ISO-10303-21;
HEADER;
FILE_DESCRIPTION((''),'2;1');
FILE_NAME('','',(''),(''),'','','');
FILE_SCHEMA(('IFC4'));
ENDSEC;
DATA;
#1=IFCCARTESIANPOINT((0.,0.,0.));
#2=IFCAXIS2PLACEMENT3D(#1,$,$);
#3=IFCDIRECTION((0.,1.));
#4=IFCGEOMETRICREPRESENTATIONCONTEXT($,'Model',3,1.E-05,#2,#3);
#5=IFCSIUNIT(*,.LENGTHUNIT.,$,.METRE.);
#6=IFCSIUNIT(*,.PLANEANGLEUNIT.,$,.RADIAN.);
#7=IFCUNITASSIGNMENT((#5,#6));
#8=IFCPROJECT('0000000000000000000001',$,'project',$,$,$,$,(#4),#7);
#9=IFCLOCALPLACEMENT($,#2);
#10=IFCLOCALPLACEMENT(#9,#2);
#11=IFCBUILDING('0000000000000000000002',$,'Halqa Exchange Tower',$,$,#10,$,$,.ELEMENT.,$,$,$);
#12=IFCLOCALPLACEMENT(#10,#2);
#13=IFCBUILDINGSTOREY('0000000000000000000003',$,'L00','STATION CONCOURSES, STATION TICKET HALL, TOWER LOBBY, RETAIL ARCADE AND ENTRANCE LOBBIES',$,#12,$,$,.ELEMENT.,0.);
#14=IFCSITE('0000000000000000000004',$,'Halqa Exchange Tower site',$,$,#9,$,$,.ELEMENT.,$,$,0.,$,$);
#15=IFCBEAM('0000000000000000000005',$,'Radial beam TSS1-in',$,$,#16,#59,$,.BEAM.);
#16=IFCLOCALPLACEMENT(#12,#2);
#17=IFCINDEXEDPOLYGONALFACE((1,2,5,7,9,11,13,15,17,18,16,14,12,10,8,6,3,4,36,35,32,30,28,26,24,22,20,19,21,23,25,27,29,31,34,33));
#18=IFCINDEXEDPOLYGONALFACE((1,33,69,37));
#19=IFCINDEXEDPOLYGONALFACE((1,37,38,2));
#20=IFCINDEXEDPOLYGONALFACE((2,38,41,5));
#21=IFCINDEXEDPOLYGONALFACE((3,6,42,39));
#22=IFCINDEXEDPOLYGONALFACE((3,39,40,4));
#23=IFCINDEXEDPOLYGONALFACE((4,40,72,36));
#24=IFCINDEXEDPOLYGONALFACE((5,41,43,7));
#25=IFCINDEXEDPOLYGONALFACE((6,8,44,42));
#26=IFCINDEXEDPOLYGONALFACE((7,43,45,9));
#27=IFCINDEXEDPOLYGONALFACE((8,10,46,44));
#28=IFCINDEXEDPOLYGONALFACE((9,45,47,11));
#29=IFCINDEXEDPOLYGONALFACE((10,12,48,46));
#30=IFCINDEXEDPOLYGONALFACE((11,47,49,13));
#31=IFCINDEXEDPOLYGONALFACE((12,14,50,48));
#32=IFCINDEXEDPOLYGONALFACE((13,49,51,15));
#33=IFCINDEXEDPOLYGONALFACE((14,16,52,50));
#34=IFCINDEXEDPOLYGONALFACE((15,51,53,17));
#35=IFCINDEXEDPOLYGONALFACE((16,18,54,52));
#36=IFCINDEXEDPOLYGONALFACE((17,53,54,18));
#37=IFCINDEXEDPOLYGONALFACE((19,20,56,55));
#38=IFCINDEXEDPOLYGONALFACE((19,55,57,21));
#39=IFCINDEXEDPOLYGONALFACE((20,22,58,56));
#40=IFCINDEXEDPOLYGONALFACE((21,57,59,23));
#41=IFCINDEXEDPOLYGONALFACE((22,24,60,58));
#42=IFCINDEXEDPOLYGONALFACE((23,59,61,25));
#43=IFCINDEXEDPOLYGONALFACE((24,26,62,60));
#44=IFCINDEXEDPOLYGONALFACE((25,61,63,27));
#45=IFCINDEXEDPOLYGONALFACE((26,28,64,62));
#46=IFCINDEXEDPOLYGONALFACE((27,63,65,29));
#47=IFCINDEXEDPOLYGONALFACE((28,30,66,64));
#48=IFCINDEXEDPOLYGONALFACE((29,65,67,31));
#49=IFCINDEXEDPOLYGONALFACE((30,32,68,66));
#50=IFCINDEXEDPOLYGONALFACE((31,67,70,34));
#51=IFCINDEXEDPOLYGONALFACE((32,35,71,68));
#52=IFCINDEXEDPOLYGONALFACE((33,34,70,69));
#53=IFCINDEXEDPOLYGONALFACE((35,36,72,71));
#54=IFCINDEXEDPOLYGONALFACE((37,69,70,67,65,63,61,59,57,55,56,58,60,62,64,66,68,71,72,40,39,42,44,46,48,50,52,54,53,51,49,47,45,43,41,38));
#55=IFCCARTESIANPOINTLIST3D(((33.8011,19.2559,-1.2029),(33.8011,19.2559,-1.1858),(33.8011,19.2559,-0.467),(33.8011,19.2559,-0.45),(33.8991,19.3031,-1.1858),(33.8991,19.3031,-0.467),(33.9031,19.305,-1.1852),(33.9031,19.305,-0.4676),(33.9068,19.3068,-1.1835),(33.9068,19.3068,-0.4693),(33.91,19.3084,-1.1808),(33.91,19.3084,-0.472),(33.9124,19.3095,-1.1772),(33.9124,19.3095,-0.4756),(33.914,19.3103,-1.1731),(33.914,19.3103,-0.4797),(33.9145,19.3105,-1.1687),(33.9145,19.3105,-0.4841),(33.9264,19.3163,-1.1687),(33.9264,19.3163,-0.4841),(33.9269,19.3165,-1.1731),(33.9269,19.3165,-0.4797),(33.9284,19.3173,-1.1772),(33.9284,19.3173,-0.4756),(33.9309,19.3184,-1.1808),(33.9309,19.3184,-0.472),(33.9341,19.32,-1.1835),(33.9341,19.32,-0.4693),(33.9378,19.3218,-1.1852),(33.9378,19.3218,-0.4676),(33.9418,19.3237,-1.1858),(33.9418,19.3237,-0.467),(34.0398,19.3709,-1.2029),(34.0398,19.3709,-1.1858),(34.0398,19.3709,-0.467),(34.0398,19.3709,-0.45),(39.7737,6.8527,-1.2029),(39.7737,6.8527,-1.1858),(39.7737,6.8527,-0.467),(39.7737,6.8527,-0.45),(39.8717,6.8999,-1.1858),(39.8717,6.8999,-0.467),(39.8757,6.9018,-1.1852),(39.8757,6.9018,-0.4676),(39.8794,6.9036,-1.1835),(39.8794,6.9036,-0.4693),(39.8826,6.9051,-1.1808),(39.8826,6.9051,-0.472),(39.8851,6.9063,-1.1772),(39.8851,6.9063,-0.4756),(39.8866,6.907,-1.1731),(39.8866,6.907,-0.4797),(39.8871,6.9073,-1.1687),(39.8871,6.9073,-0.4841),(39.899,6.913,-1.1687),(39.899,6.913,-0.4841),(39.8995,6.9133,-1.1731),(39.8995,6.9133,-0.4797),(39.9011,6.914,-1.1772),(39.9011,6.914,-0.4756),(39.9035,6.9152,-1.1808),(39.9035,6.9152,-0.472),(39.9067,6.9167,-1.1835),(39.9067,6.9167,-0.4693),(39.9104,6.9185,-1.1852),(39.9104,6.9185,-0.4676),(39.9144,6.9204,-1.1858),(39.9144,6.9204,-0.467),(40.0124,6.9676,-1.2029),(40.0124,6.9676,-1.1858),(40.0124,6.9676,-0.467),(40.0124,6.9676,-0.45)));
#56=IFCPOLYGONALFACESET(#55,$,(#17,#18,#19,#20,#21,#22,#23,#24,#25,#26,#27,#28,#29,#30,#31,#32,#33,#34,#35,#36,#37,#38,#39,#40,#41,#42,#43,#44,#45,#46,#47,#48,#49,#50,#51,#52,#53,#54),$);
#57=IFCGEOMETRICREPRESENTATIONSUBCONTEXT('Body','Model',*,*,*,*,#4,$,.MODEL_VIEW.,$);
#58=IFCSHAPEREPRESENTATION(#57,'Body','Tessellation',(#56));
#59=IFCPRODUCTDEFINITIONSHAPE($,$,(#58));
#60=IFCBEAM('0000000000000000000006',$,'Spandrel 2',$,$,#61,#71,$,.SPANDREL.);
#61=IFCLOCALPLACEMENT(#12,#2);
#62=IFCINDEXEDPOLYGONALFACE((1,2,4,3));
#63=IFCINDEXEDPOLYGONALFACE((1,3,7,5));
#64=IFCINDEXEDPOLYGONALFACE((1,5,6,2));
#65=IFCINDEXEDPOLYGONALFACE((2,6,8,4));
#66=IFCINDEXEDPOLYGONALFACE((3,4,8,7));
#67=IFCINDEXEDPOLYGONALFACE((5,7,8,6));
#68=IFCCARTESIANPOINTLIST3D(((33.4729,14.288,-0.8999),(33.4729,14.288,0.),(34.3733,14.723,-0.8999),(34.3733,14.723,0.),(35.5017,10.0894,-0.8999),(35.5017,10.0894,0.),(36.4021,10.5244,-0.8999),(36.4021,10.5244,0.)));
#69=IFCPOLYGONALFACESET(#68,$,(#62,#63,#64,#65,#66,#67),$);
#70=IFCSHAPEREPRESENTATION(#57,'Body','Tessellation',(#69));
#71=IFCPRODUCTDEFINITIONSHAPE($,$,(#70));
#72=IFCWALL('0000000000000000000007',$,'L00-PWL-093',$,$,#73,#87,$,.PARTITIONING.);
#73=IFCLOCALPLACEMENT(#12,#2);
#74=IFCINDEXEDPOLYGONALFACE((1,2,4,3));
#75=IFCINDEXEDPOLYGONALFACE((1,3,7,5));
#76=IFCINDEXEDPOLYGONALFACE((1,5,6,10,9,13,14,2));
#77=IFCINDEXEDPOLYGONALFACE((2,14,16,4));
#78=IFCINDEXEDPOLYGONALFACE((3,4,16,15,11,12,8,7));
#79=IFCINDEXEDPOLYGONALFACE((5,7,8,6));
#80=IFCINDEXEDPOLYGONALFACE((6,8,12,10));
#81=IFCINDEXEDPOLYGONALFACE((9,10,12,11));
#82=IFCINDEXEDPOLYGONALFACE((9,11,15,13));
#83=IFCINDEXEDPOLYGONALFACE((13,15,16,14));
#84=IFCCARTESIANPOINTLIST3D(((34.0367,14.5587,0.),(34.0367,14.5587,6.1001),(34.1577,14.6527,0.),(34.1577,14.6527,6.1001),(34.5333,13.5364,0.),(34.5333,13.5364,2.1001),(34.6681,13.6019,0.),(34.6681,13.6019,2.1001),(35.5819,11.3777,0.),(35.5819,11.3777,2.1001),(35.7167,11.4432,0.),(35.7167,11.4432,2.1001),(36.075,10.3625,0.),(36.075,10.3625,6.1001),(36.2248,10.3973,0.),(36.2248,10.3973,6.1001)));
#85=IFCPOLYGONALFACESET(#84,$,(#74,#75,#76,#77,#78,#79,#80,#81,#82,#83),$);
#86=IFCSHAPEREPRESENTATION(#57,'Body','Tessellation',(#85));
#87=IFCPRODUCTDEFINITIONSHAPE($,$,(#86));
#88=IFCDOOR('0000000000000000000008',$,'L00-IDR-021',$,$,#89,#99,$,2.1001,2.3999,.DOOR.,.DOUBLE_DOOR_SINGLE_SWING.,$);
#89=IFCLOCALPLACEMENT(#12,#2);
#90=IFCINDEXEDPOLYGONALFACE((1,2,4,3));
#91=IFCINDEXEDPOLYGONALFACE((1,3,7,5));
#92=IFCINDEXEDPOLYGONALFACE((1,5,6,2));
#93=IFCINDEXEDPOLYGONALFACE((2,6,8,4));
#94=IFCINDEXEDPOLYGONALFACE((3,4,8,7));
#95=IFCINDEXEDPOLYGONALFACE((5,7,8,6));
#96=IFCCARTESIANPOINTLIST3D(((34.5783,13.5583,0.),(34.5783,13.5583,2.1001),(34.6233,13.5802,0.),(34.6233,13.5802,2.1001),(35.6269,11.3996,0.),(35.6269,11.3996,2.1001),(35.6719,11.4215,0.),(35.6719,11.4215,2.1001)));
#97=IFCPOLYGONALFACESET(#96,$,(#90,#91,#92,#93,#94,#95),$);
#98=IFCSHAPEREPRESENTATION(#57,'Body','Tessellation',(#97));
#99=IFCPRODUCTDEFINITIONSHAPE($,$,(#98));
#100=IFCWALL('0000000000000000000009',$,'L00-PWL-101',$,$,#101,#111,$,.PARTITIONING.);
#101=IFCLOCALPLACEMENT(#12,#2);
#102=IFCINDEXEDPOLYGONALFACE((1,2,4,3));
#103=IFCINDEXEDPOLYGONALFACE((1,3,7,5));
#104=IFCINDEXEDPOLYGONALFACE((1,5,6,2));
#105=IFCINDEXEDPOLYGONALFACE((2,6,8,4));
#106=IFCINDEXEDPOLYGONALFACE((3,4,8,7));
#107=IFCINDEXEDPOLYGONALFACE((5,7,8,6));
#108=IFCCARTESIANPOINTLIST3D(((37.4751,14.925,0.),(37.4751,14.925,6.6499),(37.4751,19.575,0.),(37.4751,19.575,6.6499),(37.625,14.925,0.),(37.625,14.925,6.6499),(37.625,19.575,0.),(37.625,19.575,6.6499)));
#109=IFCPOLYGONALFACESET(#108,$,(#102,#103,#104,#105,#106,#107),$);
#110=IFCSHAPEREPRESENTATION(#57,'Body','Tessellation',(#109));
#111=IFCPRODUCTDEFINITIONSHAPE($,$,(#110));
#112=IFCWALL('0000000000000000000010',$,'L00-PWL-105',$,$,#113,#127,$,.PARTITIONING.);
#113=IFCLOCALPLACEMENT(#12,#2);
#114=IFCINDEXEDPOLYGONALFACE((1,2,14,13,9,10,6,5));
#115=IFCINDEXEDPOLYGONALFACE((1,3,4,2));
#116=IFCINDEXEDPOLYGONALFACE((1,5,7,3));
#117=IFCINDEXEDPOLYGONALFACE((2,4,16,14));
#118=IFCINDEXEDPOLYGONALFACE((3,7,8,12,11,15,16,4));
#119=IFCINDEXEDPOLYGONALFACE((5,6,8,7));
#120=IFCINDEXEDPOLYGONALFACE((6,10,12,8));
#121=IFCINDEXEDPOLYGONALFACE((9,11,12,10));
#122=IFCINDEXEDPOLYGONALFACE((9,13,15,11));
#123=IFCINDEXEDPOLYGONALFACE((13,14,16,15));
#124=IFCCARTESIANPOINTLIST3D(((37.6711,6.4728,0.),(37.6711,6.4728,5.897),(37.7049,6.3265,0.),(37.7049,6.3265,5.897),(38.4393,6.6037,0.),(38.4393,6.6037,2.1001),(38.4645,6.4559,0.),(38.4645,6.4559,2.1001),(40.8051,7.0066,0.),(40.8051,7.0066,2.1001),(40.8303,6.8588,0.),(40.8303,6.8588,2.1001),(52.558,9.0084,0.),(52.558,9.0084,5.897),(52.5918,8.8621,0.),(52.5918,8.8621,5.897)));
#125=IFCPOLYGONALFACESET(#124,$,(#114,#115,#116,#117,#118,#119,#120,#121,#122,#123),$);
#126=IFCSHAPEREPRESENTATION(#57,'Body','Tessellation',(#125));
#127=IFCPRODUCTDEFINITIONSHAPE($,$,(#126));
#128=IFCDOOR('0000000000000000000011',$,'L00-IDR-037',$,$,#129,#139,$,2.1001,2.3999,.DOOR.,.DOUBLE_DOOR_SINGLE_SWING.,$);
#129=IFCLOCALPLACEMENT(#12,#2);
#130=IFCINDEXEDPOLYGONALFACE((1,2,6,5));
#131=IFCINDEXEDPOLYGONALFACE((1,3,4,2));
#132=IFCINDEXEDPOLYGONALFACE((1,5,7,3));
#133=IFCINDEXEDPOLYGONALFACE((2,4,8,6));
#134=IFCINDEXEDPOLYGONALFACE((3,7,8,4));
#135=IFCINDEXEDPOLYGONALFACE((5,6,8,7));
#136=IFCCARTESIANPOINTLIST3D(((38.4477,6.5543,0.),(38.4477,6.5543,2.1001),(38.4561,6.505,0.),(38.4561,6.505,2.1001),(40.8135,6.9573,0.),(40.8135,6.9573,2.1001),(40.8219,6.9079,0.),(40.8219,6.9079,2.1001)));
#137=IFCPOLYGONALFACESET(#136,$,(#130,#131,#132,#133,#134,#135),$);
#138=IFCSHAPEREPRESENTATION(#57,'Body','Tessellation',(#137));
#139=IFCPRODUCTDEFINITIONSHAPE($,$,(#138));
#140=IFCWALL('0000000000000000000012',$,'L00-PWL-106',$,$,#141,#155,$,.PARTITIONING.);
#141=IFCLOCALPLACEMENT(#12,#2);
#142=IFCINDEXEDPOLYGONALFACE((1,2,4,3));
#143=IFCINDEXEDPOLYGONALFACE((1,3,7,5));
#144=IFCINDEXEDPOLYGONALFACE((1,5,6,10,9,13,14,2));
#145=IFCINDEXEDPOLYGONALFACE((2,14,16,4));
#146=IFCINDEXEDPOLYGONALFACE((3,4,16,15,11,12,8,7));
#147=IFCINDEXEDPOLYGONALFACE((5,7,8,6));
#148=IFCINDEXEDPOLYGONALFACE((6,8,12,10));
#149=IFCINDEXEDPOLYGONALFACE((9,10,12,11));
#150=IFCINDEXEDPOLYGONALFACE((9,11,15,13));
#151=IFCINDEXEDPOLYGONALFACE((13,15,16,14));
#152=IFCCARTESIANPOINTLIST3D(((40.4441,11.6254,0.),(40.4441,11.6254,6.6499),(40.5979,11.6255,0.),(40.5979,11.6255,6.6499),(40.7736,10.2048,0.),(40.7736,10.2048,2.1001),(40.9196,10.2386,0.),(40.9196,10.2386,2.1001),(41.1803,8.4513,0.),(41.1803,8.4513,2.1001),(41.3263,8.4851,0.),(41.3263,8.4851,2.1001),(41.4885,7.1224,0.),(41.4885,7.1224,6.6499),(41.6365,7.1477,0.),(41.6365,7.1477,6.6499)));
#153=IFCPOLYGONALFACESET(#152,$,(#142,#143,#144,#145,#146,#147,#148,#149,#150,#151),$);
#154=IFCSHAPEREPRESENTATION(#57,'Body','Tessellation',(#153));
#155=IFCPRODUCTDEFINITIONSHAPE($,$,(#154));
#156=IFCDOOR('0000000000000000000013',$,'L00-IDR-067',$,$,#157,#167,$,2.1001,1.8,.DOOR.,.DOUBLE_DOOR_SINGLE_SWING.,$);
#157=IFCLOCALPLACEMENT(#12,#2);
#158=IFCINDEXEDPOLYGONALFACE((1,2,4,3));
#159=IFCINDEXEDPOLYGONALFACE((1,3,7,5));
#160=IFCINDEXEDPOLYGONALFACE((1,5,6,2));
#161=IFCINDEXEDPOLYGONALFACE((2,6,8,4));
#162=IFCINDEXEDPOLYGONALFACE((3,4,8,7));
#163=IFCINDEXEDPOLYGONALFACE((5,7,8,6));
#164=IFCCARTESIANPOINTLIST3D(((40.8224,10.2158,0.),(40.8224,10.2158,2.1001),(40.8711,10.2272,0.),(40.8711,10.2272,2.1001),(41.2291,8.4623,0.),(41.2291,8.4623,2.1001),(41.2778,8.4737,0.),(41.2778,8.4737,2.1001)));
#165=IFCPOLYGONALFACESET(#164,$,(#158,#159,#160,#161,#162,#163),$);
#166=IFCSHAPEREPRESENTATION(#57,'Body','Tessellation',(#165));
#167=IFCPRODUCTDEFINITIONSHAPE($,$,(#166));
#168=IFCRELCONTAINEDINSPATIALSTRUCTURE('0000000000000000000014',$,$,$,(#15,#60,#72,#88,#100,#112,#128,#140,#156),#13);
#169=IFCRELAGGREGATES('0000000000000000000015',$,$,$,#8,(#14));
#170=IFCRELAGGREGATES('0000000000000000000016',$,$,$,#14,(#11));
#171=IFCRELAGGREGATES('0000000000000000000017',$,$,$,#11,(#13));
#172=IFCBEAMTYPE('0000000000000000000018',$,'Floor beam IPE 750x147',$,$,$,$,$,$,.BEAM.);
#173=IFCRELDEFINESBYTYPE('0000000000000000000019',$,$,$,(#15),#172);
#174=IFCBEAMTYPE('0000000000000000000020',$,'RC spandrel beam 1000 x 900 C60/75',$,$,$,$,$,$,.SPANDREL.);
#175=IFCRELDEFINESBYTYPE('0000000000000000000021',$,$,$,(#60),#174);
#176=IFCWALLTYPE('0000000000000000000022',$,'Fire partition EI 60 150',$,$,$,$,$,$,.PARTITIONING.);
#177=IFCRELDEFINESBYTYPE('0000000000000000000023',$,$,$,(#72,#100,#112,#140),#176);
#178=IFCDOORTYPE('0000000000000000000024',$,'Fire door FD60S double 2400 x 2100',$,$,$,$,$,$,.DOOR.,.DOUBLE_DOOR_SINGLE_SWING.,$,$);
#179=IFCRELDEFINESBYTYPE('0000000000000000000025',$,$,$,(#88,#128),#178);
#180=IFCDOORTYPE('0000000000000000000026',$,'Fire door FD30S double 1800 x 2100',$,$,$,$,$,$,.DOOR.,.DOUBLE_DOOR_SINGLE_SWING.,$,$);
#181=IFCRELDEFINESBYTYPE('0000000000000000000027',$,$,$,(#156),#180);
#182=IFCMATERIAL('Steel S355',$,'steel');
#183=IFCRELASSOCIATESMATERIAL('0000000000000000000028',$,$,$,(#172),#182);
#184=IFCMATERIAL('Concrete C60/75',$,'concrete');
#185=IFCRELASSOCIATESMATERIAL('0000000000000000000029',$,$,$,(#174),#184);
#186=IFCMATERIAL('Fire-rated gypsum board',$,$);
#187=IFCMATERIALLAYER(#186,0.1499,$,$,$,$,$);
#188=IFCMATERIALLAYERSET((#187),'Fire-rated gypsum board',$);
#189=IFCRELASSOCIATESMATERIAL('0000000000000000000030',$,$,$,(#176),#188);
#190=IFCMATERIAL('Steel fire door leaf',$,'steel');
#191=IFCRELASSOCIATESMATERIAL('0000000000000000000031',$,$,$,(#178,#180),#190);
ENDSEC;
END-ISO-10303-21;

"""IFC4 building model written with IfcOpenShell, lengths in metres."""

from ifc_helpers import new_model, si_unit, direction, frame, frame_2d, origin, origin_2d, place, context, subcontext, project, spatial, polyline, rectangle, i_section, outline, extrude, material, layer, layer_set, material_profile, profile_set, type_object, element, fill, save


model = new_model("IFC4")

# Units and contexts
model_context = context("Model", 3, precision=1e-05, world=origin(), true_north=direction((0.0, 1.0)))
body_context = subcontext(model_context, "Body", "Model", "MODEL_VIEW")
ifc_project = project(units=[si_unit("LENGTHUNIT", "METRE"), si_unit("PLANEANGLEUNIT", "RADIAN")], contexts=[model_context])

# Site, building, storey
site_placement = place(None, origin())
site = spatial("IfcSite", under=ifc_project, at=site_placement, Name="Halqa Exchange Tower site", CompositionType="ELEMENT", RefElevation=0.0)
building_placement = place(site_placement, origin())
building = spatial("IfcBuilding", under=site, at=building_placement, Name="Halqa Exchange Tower", CompositionType="ELEMENT")
storey_placement = place(building_placement, origin())
storey = spatial("IfcBuildingStorey", under=building, at=storey_placement, Name="L00", Description="STATION CONCOURSES, STATION TICKET HALL, TOWER LOBBY, RETAIL ARCADE AND ENTRANCE LOBBIES", CompositionType="ELEMENT", Elevation=0.0)

# Beams
ifc_material_1 = material(Name="Steel S355", Category="steel")
ifc_material_profile_1 = material_profile(ifc_material_1, i_section(OverallWidth=0.2649, OverallDepth=0.7529, WebThickness=0.0132, FlangeThickness=0.0171, FilletRadius=0.0171, at=origin_2d()), Name="IPE 750x147")
ifc_profile_set_1 = profile_set([ifc_material_profile_1], Name="Steel S355")
beam_type_1 = type_object("IfcBeamType", Name="Floor beam IPE 750x147", PredefinedType="BEAM", material=ifc_profile_set_1)
beam_1_placement = place(storey_placement, frame((39.8931, 6.9102, -0.8264), z_axis=(-0.433856, 0.900982, 0.0), x_axis=(-0.900982, -0.433856, 0.0)))
element("IfcBeam", 1, at=beam_1_placement, inside=storey, type_object=beam_type_1, Name="Radial beam TSS1-in", PredefinedType="BEAM", context=body_context, shape_type="SweptSolid", body=[
    extrude(i_section(OverallWidth=0.2649, OverallDepth=0.7529, WebThickness=0.0132, FlangeThickness=0.0171, FilletRadius=0.0171, at=origin_2d()), origin(), (0.0, 0.0, 1.0), 13.7664),
])
ifc_material_2 = material(Name="Concrete C60/75", Category="concrete")
ifc_material_profile_2 = material_profile(ifc_material_2, rectangle(XDim=1.0, YDim=0.8999, at=origin_2d()), Name="1000 x 900")
ifc_profile_set_2 = profile_set([ifc_material_profile_2], Name="Concrete C60/75")
beam_type_2 = type_object("IfcBeamType", Name="RC spandrel beam 1000 x 900 C60/75", PredefinedType="SPANDREL", material=ifc_profile_set_2)
beam_2_placement = place(storey_placement, frame((35.9519, 10.3069, -0.45), z_axis=(-0.435068, 0.900397, 0.0), x_axis=(-0.900397, -0.435068, 0.0)))
element("IfcBeam", 2, at=beam_2_placement, inside=storey, type_object=beam_type_2, Name="Spandrel 2", PredefinedType="SPANDREL", context=body_context, shape_type="SweptSolid", body=[
    extrude(rectangle(XDim=1.0, YDim=0.8999, at=origin_2d()), origin(), (0.0, 0.0, 1.0), 4.6631),
])

# Wall, opening, door
ifc_material_3 = material(Name="Fire-rated gypsum board")
ifc_layer_1 = layer(ifc_material_3, 0.1499)
ifc_layer_set_1 = layer_set([ifc_layer_1], Name="Fire-rated gypsum board")
wall_type_1 = type_object("IfcWallType", Name="Fire partition EI 60 150", PredefinedType="PARTITIONING", material=ifc_layer_set_1)
wall_1_placement = place(storey_placement, frame((34.0972, 14.6057, 0.0), z_axis=(0.0, 0.0, 1.0), x_axis=(0.436936, -0.899492, 0.0)))
wall_1 = element("IfcWall", 3, at=wall_1_placement, inside=storey, type_object=wall_type_1, Name="L00-PWL-093", PredefinedType="PARTITIONING", context=body_context, shape_type="SweptSolid", body=[
    extrude(outline(polyline([(0.0159, -0.075), (4.6809, -0.075), (4.7151, 0.075), (-0.0159, 0.075), (0.0159, -0.075)])), origin(), (0.0, 0.0, 1.0), 6.1001),
])
opening_1_placement = place(wall_1_placement, frame((1.1523, 0.0, 0.0)))
opening_1 = element("IfcOpeningElement", 4, at=opening_1_placement, cuts=wall_1, PredefinedType="OPENING", context=body_context, shape_type="SweptSolid", body=[
    extrude(rectangle(XDim=2.3999, YDim=2.1001, at=frame_2d((1.2, 1.05))), frame((0.0, 0.0869, 0.0), z_axis=(0.0, -1.0, 0.0), x_axis=(1.0, 0.0, 0.0)), (0.0, 0.0, 1.0), 0.1738),
])
ifc_material_4 = material(Name="Steel fire door leaf", Category="steel")
door_type_1 = type_object("IfcDoorType", Name="Fire door FD60S double 2400 x 2100", OperationType="DOUBLE_DOOR_SINGLE_SWING", PredefinedType="DOOR", material=ifc_material_4)
door_1_placement = place(opening_1_placement, frame((2.3999, 0.0, 0.0), z_axis=(0.0, 0.0, 1.0), x_axis=(-1.0, 0.0, 0.0)))
door_1 = element("IfcDoor", 5, at=door_1_placement, inside=storey, type_object=door_type_1, Name="L00-IDR-021", OperationType="DOUBLE_DOOR_SINGLE_SWING", OverallHeight=2.1001, OverallWidth=2.3999, PredefinedType="DOOR", context=body_context, shape_type="SweptSolid", body=[
    extrude(rectangle(XDim=2.3999, YDim=2.1001, at=frame_2d((1.2, 1.05))), frame((0.0, 0.0249, 0.0), z_axis=(0.0, -1.0, 0.0), x_axis=(1.0, 0.0, 0.0)), (0.0, 0.0, 1.0), 0.05),
])
fill(opening_1, door_1)

# Wall
wall_2_placement = place(storey_placement, frame((37.55, 14.925, 0.0), z_axis=(0.0, 0.0, 1.0), x_axis=(0.0, 1.0, 0.0)))
element("IfcWall", 6, at=wall_2_placement, inside=storey, type_object=wall_type_1, Name="L00-PWL-101", PredefinedType="PARTITIONING", context=body_context, shape_type="SweptSolid", body=[
    extrude(rectangle(XDim=4.6499, YDim=0.1499, at=frame_2d((2.325, 0.0))), origin(), (0.0, 0.0, 1.0), 6.6499),
])

# Walls, openings, doors
wall_3_placement = place(storey_placement, frame((37.688, 6.3997, 0.0), z_axis=(0.0, 0.0, 1.0), x_axis=(0.985803, 0.167908, 0.0)))
wall_3 = element("IfcWall", 7, at=wall_3_placement, inside=storey, type_object=wall_type_1, Name="L00-PWL-105", PredefinedType="PARTITIONING", context=body_context, shape_type="SweptSolid", body=[
    extrude(outline(polyline([(0.0044, -0.075), (15.1057, -0.075), (15.0969, 0.075), (-0.0044, 0.075), (0.0044, -0.075)])), origin(), (0.0, 0.0, 1.0), 5.897),
])
opening_2_placement = place(wall_3_placement, frame((0.7749, 0.0, 0.0)))
opening_2 = element("IfcOpeningElement", 8, at=opening_2_placement, cuts=wall_3, PredefinedType="OPENING", context=body_context, shape_type="SweptSolid", body=[
    extrude(rectangle(XDim=2.3999, YDim=2.1001, at=frame_2d((1.2, 1.05))), frame((0.0, 0.0869, 0.0), z_axis=(0.0, -1.0, 0.0), x_axis=(1.0, 0.0, 0.0)), (0.0, 0.0, 1.0), 0.1738),
])
door_2_placement = place(opening_2_placement, origin())
door_2 = element("IfcDoor", 9, at=door_2_placement, inside=storey, type_object=door_type_1, Name="L00-IDR-037", OperationType="DOUBLE_DOOR_SINGLE_SWING", OverallHeight=2.1001, OverallWidth=2.3999, PredefinedType="DOOR", context=body_context, shape_type="SweptSolid", body=[
    extrude(rectangle(XDim=2.3999, YDim=2.1001, at=frame_2d((1.2, 1.05))), frame((0.0, 0.0249, 0.0), z_axis=(0.0, -1.0, 0.0), x_axis=(1.0, 0.0, 0.0)), (0.0, 0.0, 1.0), 0.05),
])
fill(opening_2, door_2)
wall_4_placement = place(storey_placement, frame((40.521, 11.6255, 0.0), z_axis=(0.0, 0.0, 1.0), x_axis=(0.225939, -0.974142, 0.0)))
wall_4 = element("IfcWall", 10, at=wall_4_placement, inside=storey, type_object=wall_type_1, Name="L00-PWL-106", PredefinedType="PARTITIONING", context=body_context, shape_type="SweptSolid", body=[
    extrude(outline(polyline([(-0.0173, -0.075), (4.6052, -0.075), (4.614, 0.075), (0.0173, 0.075), (-0.0173, -0.075)])), origin(), (0.0, 0.0, 1.0), 6.6499),
])
opening_3_placement = place(wall_4_placement, frame((1.4412, 0.0, 0.0)))
opening_3 = element("IfcOpeningElement", 11, at=opening_3_placement, cuts=wall_4, PredefinedType="OPENING", context=body_context, shape_type="SweptSolid", body=[
    extrude(rectangle(XDim=1.8, YDim=2.1001, at=frame_2d((0.8999, 1.05))), frame((0.0, 0.0869, 0.0), z_axis=(0.0, -1.0, 0.0), x_axis=(1.0, 0.0, 0.0)), (0.0, 0.0, 1.0), 0.1738),
])
door_type_2 = type_object("IfcDoorType", Name="Fire door FD30S double 1800 x 2100", OperationType="DOUBLE_DOOR_SINGLE_SWING", PredefinedType="DOOR", material=ifc_material_4)
door_3_placement = place(opening_3_placement, frame((1.8, 0.0, 0.0), z_axis=(0.0, 0.0, 1.0), x_axis=(-1.0, 0.0, 0.0)))
door_3 = element("IfcDoor", 12, at=door_3_placement, inside=storey, type_object=door_type_2, Name="L00-IDR-067", OperationType="DOUBLE_DOOR_SINGLE_SWING", OverallHeight=2.1001, OverallWidth=1.8, PredefinedType="DOOR", context=body_context, shape_type="SweptSolid", body=[
    extrude(rectangle(XDim=1.8, YDim=2.1001, at=frame_2d((0.8999, 1.05))), frame((0.0, 0.0249, 0.0), z_axis=(0.0, -1.0, 0.0), x_axis=(1.0, 0.0, 0.0)), (0.0, 0.0, 1.0), 0.05),
])
fill(opening_3, door_3)

save(model, "model.ifc")
